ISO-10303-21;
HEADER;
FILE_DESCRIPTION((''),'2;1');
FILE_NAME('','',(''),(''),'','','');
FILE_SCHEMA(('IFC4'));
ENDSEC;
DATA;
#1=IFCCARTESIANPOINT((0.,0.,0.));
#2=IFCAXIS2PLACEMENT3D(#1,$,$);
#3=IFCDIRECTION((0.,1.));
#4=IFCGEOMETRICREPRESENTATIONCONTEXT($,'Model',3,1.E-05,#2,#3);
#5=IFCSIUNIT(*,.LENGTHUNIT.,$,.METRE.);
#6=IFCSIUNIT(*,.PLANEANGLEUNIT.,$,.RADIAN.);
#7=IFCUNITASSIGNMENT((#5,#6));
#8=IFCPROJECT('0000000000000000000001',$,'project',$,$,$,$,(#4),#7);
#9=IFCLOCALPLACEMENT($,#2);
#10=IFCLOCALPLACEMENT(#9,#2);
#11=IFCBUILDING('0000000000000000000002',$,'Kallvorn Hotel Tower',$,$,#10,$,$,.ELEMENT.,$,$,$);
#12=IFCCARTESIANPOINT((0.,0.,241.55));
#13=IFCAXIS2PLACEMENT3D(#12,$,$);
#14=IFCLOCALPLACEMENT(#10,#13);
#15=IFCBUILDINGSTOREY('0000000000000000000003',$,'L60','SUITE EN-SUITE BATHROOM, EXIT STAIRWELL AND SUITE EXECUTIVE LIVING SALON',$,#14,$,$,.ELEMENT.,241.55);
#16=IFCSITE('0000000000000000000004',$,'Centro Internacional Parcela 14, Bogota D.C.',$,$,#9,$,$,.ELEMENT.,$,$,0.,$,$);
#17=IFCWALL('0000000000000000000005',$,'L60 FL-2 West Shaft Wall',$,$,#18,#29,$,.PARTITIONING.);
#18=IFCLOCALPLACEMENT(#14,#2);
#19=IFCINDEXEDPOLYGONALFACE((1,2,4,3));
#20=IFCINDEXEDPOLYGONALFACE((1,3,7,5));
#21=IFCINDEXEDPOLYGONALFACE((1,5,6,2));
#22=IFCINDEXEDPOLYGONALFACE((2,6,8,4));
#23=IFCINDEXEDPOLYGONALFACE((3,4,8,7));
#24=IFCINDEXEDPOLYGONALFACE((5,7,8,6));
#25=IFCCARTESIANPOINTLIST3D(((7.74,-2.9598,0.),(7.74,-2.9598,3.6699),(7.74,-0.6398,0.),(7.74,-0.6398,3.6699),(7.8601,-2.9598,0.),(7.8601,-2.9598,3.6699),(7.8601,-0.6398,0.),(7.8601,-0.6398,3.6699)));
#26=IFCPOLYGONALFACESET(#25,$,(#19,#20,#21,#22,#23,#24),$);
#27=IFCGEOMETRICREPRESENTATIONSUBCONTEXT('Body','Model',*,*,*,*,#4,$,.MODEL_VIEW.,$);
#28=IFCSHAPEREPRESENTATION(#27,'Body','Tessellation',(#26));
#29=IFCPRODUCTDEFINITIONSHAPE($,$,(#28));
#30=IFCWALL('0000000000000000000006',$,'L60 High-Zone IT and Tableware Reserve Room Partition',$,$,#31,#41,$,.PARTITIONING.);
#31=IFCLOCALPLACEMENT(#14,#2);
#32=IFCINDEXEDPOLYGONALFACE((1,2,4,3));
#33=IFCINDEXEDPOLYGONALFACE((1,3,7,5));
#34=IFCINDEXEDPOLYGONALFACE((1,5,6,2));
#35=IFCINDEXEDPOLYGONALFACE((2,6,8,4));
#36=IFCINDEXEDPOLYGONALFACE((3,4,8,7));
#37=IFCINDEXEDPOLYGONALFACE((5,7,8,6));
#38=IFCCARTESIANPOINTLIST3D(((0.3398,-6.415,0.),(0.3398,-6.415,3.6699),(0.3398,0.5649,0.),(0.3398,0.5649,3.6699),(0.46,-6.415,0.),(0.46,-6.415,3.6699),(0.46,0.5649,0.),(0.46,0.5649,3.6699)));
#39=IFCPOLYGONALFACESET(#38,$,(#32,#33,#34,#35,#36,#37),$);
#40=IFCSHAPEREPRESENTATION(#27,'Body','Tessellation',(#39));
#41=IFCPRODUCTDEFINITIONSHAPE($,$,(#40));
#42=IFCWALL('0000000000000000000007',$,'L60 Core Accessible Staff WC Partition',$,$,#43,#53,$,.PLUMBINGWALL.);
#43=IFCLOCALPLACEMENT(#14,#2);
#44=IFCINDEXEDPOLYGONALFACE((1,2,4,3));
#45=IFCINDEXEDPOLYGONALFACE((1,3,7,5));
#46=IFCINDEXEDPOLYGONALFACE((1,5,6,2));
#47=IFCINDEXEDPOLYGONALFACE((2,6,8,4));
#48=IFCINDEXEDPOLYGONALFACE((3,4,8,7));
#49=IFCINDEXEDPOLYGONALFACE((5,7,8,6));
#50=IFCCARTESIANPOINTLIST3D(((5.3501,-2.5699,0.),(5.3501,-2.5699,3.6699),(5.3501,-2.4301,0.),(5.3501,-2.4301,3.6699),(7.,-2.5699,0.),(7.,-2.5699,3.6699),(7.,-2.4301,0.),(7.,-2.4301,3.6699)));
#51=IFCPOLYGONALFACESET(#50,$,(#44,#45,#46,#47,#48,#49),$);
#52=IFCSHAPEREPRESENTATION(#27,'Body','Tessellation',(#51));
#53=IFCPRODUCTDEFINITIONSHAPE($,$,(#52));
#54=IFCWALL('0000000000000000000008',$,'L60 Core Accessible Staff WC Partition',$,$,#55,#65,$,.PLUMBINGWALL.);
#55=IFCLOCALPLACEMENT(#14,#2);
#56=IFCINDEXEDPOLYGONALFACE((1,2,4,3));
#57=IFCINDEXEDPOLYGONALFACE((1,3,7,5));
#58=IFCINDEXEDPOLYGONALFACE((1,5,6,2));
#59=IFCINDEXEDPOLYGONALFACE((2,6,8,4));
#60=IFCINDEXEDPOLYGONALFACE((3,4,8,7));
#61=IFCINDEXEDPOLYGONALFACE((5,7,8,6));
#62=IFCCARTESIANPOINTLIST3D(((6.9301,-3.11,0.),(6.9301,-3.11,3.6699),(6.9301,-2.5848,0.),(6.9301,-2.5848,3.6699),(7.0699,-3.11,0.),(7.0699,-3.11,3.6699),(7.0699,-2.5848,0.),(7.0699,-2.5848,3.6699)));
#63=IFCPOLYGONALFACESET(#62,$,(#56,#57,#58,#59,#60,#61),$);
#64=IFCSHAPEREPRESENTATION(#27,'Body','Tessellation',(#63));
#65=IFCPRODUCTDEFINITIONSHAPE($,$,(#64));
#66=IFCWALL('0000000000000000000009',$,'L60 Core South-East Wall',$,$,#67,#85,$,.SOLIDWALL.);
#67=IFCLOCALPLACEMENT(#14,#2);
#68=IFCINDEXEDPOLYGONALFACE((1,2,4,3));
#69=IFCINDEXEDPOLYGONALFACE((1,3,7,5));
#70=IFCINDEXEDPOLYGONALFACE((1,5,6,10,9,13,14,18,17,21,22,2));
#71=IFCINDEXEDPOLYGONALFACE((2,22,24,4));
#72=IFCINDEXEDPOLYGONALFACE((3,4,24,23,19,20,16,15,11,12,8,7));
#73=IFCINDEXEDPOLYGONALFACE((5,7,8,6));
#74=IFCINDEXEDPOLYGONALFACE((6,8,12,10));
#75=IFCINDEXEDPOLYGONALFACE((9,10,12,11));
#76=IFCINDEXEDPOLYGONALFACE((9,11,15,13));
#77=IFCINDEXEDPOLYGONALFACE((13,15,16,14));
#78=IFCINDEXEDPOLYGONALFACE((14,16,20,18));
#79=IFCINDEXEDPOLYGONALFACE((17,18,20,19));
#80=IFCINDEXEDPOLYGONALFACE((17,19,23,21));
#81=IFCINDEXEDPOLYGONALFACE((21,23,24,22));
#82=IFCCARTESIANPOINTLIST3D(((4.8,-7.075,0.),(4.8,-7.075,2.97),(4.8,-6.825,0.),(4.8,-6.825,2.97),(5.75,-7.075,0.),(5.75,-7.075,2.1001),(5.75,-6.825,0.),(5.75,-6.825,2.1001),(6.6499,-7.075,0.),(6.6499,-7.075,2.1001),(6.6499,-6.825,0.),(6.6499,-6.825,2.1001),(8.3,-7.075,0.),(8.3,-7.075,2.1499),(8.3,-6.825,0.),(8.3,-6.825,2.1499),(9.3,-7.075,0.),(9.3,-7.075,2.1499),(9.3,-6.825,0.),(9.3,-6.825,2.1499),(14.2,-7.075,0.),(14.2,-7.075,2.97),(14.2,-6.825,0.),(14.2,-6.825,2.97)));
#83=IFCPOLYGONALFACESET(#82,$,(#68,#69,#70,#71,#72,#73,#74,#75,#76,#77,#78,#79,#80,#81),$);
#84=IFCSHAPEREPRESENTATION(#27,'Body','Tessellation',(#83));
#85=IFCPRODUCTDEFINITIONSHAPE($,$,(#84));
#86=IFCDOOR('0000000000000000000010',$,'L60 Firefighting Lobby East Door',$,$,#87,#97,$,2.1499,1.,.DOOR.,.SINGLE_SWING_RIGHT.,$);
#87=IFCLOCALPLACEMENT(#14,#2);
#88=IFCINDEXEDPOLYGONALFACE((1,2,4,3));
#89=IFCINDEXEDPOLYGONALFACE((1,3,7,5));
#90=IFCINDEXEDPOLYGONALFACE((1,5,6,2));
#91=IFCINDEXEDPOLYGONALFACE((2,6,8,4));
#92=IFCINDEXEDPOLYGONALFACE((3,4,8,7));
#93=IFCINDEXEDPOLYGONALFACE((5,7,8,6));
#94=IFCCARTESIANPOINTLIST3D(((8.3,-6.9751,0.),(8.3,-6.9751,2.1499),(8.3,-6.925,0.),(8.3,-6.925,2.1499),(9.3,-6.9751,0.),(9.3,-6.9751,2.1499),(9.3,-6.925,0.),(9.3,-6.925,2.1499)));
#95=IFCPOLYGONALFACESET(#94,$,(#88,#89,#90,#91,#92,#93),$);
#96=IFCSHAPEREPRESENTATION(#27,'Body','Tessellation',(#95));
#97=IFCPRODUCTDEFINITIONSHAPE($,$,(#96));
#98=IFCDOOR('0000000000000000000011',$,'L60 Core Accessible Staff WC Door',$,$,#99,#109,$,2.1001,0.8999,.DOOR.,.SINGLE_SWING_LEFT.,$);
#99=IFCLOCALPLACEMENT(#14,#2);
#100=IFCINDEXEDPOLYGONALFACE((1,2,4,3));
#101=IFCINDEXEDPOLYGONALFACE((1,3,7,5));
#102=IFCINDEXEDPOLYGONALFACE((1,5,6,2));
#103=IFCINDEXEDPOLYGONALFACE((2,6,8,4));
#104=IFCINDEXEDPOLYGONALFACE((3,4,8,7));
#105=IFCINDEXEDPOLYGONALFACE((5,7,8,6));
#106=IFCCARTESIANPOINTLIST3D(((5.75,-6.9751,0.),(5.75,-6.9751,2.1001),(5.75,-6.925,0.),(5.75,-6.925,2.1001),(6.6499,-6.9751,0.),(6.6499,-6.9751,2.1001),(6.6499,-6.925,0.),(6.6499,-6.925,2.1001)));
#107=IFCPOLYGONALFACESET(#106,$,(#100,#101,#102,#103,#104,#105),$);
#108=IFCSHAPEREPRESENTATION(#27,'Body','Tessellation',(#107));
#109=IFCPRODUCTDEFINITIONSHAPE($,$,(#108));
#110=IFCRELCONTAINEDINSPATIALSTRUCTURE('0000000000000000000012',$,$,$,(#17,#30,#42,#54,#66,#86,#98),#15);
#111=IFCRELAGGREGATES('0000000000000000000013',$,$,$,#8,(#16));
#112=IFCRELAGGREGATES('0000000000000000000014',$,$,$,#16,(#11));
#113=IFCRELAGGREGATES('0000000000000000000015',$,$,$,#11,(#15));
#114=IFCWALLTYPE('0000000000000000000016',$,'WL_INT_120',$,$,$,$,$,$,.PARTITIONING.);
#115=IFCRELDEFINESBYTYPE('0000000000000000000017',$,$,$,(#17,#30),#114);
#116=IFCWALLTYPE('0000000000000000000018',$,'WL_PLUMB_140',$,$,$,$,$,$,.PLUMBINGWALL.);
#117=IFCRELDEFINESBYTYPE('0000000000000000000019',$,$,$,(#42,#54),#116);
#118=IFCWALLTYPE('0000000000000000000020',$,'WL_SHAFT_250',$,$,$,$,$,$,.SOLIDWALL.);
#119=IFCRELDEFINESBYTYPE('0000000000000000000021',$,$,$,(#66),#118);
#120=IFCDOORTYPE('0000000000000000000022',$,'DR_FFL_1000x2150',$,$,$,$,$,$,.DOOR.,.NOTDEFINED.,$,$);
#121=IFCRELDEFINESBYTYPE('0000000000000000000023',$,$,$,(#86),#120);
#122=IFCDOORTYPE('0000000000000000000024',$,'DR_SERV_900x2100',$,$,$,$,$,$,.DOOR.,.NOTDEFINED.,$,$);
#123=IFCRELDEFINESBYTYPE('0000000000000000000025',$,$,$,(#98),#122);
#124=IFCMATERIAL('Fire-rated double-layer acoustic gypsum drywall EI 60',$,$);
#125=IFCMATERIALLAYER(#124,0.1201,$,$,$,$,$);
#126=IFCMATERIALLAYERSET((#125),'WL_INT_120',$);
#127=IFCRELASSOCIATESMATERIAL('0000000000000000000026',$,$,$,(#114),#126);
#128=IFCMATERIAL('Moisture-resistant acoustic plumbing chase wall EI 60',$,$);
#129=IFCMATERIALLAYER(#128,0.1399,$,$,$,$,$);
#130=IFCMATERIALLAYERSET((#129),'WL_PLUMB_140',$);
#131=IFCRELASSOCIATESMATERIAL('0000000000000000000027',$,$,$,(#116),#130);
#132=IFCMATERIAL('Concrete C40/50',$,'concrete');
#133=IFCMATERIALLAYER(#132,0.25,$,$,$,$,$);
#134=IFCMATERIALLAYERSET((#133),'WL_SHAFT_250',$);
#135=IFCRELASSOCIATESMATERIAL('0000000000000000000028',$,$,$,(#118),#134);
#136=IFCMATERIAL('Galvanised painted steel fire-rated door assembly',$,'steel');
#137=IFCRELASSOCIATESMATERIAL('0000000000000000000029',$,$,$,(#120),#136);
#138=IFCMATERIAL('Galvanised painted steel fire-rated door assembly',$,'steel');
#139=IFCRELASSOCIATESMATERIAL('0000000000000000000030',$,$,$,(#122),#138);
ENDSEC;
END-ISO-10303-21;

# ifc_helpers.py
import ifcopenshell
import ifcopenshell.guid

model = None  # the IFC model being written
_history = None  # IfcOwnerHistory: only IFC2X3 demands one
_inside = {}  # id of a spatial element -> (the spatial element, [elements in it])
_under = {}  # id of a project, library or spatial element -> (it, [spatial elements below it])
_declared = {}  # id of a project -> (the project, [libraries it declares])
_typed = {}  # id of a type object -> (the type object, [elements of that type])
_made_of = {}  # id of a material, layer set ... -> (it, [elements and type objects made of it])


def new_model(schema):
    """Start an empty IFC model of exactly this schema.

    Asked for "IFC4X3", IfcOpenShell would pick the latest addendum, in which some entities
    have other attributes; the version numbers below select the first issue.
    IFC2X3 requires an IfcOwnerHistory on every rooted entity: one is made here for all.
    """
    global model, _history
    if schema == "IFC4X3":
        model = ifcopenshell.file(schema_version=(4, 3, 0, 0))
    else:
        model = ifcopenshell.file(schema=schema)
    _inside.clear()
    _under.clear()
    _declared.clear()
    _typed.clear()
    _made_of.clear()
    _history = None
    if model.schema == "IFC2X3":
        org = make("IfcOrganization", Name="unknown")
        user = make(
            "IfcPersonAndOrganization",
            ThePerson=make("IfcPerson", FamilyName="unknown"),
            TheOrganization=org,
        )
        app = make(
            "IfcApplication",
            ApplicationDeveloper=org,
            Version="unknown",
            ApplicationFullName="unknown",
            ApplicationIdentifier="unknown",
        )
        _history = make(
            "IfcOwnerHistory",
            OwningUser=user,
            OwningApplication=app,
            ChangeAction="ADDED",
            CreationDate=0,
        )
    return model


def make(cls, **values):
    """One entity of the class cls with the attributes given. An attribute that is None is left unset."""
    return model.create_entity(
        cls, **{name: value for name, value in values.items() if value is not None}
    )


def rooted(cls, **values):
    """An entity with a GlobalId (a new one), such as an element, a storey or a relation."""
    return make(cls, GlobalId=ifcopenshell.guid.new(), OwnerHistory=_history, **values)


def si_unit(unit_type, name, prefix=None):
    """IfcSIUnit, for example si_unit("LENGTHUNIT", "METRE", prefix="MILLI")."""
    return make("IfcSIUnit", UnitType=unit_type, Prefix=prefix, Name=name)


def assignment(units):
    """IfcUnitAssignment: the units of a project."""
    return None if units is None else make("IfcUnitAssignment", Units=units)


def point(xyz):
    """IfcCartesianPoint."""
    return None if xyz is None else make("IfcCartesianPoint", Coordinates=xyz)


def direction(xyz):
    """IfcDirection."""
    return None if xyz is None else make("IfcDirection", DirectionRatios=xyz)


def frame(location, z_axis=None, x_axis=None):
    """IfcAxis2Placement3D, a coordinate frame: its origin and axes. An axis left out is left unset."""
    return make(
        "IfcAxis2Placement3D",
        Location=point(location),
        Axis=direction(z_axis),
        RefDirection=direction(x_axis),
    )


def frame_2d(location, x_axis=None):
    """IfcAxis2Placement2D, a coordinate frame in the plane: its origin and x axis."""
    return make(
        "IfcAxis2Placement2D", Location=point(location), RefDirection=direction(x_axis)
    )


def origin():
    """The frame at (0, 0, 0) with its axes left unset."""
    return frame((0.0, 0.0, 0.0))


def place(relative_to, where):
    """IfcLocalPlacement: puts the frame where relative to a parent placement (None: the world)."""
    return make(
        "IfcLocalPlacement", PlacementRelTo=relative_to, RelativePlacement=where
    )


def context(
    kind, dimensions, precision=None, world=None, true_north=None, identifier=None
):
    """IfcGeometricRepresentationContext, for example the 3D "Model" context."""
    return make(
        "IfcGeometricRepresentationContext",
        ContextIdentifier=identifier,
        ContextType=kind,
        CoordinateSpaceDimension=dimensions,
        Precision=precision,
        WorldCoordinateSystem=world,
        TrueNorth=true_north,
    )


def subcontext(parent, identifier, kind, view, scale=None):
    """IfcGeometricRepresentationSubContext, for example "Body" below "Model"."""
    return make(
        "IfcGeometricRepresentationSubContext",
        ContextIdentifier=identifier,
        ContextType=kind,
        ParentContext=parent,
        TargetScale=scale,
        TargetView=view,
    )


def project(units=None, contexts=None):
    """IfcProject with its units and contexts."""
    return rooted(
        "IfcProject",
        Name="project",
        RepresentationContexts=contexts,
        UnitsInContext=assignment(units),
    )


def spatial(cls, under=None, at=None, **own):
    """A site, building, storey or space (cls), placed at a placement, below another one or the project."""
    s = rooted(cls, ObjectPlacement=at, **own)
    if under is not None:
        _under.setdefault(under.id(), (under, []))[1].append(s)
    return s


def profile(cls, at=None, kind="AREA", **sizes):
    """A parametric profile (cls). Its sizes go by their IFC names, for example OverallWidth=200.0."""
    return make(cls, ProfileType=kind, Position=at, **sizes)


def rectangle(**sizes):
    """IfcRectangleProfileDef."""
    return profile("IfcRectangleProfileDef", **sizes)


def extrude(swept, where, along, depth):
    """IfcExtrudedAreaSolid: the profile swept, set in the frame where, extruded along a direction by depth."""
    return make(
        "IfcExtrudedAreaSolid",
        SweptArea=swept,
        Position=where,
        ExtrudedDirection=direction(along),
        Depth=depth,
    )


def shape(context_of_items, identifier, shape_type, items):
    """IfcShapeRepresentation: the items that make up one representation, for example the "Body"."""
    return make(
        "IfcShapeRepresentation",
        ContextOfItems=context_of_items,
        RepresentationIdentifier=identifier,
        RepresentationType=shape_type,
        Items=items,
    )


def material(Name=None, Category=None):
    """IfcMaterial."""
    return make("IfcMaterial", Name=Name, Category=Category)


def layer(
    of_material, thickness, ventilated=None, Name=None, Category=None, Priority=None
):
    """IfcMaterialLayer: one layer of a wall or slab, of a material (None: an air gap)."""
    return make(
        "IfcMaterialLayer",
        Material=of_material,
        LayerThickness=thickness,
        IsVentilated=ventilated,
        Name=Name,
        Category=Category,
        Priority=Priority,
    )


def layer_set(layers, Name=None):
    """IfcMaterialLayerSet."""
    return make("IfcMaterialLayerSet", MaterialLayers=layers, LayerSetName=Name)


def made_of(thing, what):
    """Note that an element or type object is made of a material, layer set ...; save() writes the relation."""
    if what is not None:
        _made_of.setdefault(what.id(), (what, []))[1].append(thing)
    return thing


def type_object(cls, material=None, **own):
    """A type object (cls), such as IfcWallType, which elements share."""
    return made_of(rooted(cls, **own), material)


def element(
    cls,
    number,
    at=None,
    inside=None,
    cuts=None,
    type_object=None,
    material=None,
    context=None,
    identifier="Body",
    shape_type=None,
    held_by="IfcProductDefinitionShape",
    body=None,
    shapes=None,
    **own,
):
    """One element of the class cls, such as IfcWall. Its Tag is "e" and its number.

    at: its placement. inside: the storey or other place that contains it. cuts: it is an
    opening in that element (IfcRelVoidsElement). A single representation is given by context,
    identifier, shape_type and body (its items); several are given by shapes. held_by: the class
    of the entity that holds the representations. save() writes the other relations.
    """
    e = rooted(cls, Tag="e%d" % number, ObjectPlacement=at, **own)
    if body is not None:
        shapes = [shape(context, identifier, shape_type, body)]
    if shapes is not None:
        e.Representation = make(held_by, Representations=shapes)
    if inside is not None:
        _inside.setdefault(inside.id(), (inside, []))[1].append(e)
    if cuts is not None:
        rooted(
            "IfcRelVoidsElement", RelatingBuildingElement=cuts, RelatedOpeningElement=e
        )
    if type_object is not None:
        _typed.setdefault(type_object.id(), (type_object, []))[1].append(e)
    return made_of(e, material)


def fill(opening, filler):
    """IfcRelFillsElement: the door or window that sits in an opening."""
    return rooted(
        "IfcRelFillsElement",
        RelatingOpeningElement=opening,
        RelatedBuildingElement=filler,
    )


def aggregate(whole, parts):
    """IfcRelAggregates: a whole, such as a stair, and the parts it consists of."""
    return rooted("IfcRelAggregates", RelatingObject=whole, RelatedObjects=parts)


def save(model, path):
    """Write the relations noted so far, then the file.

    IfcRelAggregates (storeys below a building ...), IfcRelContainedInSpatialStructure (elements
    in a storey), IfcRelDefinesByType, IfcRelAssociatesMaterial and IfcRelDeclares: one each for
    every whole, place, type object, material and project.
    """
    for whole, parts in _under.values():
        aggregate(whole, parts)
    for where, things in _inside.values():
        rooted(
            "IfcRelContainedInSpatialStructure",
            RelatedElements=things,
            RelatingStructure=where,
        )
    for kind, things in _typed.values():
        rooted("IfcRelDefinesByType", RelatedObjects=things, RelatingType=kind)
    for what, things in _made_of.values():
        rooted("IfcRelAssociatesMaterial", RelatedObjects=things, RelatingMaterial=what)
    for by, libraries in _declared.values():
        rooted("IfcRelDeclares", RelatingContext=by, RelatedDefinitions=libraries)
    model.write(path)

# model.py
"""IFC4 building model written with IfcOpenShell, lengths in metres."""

from ifc_helpers import new_model, si_unit, direction, frame, frame_2d, origin, place, context, subcontext, project, spatial, rectangle, extrude, material, layer, layer_set, type_object, element, fill, save


model = new_model("IFC4")

# Units and contexts
model_context = context("Model", 3, precision=1e-05, world=origin(), true_north=direction((0.0, 1.0)))
body_context = subcontext(model_context, "Body", "Model", "MODEL_VIEW")
ifc_project = project(units=[si_unit("LENGTHUNIT", "METRE"), si_unit("PLANEANGLEUNIT", "RADIAN")], contexts=[model_context])

# Site, building, storey
site_placement = place(None, origin())
site = spatial("IfcSite", under=ifc_project, at=site_placement, Name="Centro Internacional Parcela 14, Bogota D.C.", CompositionType="ELEMENT", RefElevation=0.0)
building_placement = place(site_placement, origin())
building = spatial("IfcBuilding", under=site, at=building_placement, Name="Kallvorn Hotel Tower", CompositionType="ELEMENT")
storey_placement = place(building_placement, frame((0.0, 0.0, 241.55)))
storey = spatial("IfcBuildingStorey", under=building, at=storey_placement, Name="L60", Description="SUITE EN-SUITE BATHROOM, EXIT STAIRWELL AND SUITE EXECUTIVE LIVING SALON", CompositionType="ELEMENT", Elevation=241.55)

# Walls
ifc_material_1 = material(Name="Fire-rated double-layer acoustic gypsum drywall EI 60")
ifc_layer_1 = layer(ifc_material_1, 0.1201)
ifc_layer_set_1 = layer_set([ifc_layer_1], Name="WL_INT_120")
wall_type_1 = type_object("IfcWallType", Name="WL_INT_120", PredefinedType="PARTITIONING", material=ifc_layer_set_1)
wall_1_placement = place(storey_placement, frame((7.8, -2.96, 0.0), z_axis=(0.0, 0.0, 1.0), x_axis=(0.0, 1.0, 0.0)))
element("IfcWall", 1, at=wall_1_placement, inside=storey, type_object=wall_type_1, Name="L60 FL-2 West Shaft Wall", PredefinedType="PARTITIONING", context=body_context, shape_type="SweptSolid", body=[
    extrude(rectangle(XDim=2.3201, YDim=0.1201, at=frame_2d((1.1602, 0.0))), origin(), (0.0, 0.0, 1.0), 3.6699),
])
wall_2_placement = place(storey_placement, frame((0.3999, -6.415, 0.0), z_axis=(0.0, 0.0, 1.0), x_axis=(0.0, 1.0, 0.0)))
element("IfcWall", 2, at=wall_2_placement, inside=storey, type_object=wall_type_1, Name="L60 High-Zone IT and Tableware Reserve Room Partition", PredefinedType="PARTITIONING", context=body_context, shape_type="SweptSolid", body=[
    extrude(rectangle(XDim=6.98, YDim=0.1201, at=frame_2d((3.49, 0.0))), origin(), (0.0, 0.0, 1.0), 3.6699),
])
ifc_material_2 = material(Name="Moisture-resistant acoustic plumbing chase wall EI 60")
ifc_layer_2 = layer(ifc_material_2, 0.1399)
ifc_layer_set_2 = layer_set([ifc_layer_2], Name="WL_PLUMB_140")
wall_type_2 = type_object("IfcWallType", Name="WL_PLUMB_140", PredefinedType="PLUMBINGWALL", material=ifc_layer_set_2)
wall_3_placement = place(storey_placement, frame((5.3501, -2.5, 0.0), z_axis=(0.0, 0.0, 1.0), x_axis=(1.0, 0.0, 0.0)))
element("IfcWall", 3, at=wall_3_placement, inside=storey, type_object=wall_type_2, Name="L60 Core Accessible Staff WC Partition", PredefinedType="PLUMBINGWALL", context=body_context, shape_type="SweptSolid", body=[
    extrude(rectangle(XDim=1.6499, YDim=0.1399, at=frame_2d((0.825, 0.0))), origin(), (0.0, 0.0, 1.0), 3.6699),
])
wall_4_placement = place(storey_placement, frame((7.0, -3.1101, 0.0), z_axis=(0.0, 0.0, 1.0), x_axis=(0.0, 1.0, 0.0)))
element("IfcWall", 4, at=wall_4_placement, inside=storey, type_object=wall_type_2, Name="L60 Core Accessible Staff WC Partition", PredefinedType="PLUMBINGWALL", context=body_context, shape_type="SweptSolid", body=[
    extrude(rectangle(XDim=0.5251, YDim=0.1399, at=frame_2d((0.2627, 0.0))), origin(), (0.0, 0.0, 1.0), 3.6699),
])

# Wall, openings, doors
ifc_material_3 = material(Name="Concrete C40/50", Category="concrete")
ifc_layer_3 = layer(ifc_material_3, 0.25)
ifc_layer_set_3 = layer_set([ifc_layer_3], Name="WL_SHAFT_250")
wall_type_3 = type_object("IfcWallType", Name="WL_SHAFT_250", PredefinedType="SOLIDWALL", material=ifc_layer_set_3)
wall_5_placement = place(storey_placement, frame((4.8, -6.95, 0.0), z_axis=(0.0, 0.0, 1.0), x_axis=(1.0, 0.0, 0.0)))
wall_5 = element("IfcWall", 5, at=wall_5_placement, inside=storey, type_object=wall_type_3, Name="L60 Core South-East Wall", PredefinedType="SOLIDWALL", context=body_context, shape_type="SweptSolid", body=[
    extrude(rectangle(XDim=9.3999, YDim=0.25, at=frame_2d((4.7, 0.0))), origin(), (0.0, 0.0, 1.0), 2.97),
])
opening_1_placement = place(wall_5_placement, frame((3.5, 0.0, 0.0)))
opening_1 = element("IfcOpeningElement", 6, at=opening_1_placement, cuts=wall_5, PredefinedType="OPENING", context=body_context, shape_type="SweptSolid", body=[
    extrude(rectangle(XDim=1.0, YDim=2.1499, at=frame_2d((0.5, 1.075))), frame((0.0, 0.1399, 0.0), z_axis=(0.0, -1.0, 0.0), x_axis=(1.0, 0.0, 0.0)), (0.0, 0.0, 1.0), 0.28),
])
opening_2_placement = place(wall_5_placement, frame((0.95, 0.0, 0.0)))
opening_2 = element("IfcOpeningElement", 7, at=opening_2_placement, cuts=wall_5, PredefinedType="OPENING", context=body_context, shape_type="SweptSolid", body=[
    extrude(rectangle(XDim=0.8999, YDim=2.1001, at=frame_2d((0.45, 1.05))), frame((0.0, 0.1399, 0.0), z_axis=(0.0, -1.0, 0.0), x_axis=(1.0, 0.0, 0.0)), (0.0, 0.0, 1.0), 0.28),
])
ifc_material_4 = material(Name="Galvanised painted steel fire-rated door assembly", Category="steel")
door_type_1 = type_object("IfcDoorType", Name="DR_FFL_1000x2150", OperationType="NOTDEFINED", PredefinedType="DOOR", material=ifc_material_4)
door_1_placement = place(opening_1_placement, origin())
door_1 = element("IfcDoor", 8, at=door_1_placement, inside=storey, type_object=door_type_1, Name="L60 Firefighting Lobby East Door", OperationType="SINGLE_SWING_RIGHT", OverallHeight=2.1499, OverallWidth=1.0, PredefinedType="DOOR", context=body_context, shape_type="SweptSolid", body=[
    extrude(rectangle(XDim=1.0, YDim=2.1499, at=frame_2d((0.5, 1.075))), frame((0.0, 0.0249, 0.0), z_axis=(0.0, -1.0, 0.0), x_axis=(1.0, 0.0, 0.0)), (0.0, 0.0, 1.0), 0.05),
])
fill(opening_1, door_1)
ifc_material_5 = material(Name="Galvanised painted steel fire-rated door assembly", Category="steel")
door_type_2 = type_object("IfcDoorType", Name="DR_SERV_900x2100", OperationType="NOTDEFINED", PredefinedType="DOOR", material=ifc_material_5)
door_2_placement = place(opening_2_placement, origin())
door_2 = element("IfcDoor", 9, at=door_2_placement, inside=storey, type_object=door_type_2, Name="L60 Core Accessible Staff WC Door", OperationType="SINGLE_SWING_LEFT", OverallHeight=2.1001, OverallWidth=0.8999, PredefinedType="DOOR", context=body_context, shape_type="SweptSolid", body=[
    extrude(rectangle(XDim=0.8999, YDim=2.1001, at=frame_2d((0.45, 1.05))), frame((0.0, 0.0249, 0.0), z_axis=(0.0, -1.0, 0.0), x_axis=(1.0, 0.0, 0.0)), (0.0, 0.0, 1.0), 0.05),
])
fill(opening_2, door_2)

save(model, "model.ifc")
